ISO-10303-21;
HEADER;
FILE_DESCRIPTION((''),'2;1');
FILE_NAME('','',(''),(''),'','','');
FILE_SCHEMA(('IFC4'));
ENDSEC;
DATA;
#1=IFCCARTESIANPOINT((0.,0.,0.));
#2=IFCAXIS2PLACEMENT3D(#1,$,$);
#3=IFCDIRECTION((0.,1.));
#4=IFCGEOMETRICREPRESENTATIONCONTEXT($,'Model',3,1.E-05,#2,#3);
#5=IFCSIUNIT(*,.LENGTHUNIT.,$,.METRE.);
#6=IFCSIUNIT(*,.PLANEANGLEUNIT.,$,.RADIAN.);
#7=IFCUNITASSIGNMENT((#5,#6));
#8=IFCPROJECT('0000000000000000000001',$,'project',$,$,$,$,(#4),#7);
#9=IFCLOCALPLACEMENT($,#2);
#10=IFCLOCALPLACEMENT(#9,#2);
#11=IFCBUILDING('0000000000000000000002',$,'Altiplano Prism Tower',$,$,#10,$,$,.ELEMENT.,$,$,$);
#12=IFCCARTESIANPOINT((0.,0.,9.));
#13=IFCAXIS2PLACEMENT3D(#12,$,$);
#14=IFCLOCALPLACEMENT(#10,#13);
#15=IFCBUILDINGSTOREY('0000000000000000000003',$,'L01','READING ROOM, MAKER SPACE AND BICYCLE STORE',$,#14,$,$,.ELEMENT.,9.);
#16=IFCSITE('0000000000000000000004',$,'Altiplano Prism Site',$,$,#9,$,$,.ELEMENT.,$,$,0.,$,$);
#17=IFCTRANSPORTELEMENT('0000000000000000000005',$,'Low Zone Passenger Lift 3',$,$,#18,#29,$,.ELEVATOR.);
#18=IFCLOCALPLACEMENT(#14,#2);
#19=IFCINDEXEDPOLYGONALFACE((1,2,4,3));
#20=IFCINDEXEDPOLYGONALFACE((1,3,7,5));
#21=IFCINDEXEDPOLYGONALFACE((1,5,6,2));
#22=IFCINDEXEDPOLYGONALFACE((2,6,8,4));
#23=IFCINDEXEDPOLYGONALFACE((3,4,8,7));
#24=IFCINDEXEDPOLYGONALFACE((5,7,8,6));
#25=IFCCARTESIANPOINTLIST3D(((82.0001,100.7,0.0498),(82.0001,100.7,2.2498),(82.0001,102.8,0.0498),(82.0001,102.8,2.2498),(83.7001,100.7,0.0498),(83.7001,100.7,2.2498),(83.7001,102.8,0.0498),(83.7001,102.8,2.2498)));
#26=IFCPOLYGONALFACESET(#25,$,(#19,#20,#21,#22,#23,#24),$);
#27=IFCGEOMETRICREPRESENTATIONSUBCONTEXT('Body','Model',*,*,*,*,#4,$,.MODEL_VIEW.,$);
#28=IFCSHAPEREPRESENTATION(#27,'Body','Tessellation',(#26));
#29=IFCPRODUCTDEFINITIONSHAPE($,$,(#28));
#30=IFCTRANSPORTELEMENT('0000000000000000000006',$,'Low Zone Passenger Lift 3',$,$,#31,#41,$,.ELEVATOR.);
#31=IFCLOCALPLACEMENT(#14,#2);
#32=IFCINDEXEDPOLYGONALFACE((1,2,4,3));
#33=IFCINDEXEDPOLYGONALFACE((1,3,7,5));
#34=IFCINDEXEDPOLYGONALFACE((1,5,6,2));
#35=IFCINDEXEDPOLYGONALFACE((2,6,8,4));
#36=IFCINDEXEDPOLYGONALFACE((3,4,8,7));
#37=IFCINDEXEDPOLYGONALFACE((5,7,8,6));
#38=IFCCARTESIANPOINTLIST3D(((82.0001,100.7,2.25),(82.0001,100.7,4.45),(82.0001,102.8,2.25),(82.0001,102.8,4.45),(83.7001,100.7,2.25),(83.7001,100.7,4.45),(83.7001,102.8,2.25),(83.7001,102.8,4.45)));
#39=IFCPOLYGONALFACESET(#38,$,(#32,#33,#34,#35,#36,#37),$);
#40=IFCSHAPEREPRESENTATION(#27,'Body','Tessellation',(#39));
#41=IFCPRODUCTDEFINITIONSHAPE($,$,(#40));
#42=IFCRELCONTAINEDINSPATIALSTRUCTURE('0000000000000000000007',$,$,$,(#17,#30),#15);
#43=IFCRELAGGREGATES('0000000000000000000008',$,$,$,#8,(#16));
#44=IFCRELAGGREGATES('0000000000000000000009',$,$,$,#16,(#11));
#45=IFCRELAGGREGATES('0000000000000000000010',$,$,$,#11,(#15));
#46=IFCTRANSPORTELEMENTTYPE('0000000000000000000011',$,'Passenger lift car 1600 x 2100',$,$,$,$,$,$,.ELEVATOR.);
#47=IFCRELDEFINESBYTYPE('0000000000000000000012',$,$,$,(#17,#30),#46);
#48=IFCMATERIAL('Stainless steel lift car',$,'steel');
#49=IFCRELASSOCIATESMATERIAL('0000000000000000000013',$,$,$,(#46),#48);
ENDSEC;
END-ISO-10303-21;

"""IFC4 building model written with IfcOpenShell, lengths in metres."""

from ifc_helpers import new_model, si_unit, direction, frame, origin, origin_2d, place, context, subcontext, project, spatial, rectangle, extrude, material, type_object, element, save


model = new_model("IFC4")

# Units and contexts
model_context = context("Model", 3, precision=1e-05, world=origin(), true_north=direction((0.0, 1.0)))
body_context = subcontext(model_context, "Body", "Model", "MODEL_VIEW")
ifc_project = project(units=[si_unit("LENGTHUNIT", "METRE"), si_unit("PLANEANGLEUNIT", "RADIAN")], contexts=[model_context])

# Site, building, storey
site_placement = place(None, origin())
site = spatial("IfcSite", under=ifc_project, at=site_placement, Name="Altiplano Prism Site", CompositionType="ELEMENT", RefElevation=0.0)
building_placement = place(site_placement, origin())
building = spatial("IfcBuilding", under=site, at=building_placement, Name="Altiplano Prism Tower", CompositionType="ELEMENT")
storey_placement = place(building_placement, frame((0.0, 0.0, 9.0)))
storey = spatial("IfcBuildingStorey", under=building, at=storey_placement, Name="L01", Description="READING ROOM, MAKER SPACE AND BICYCLE STORE", CompositionType="ELEMENT", Elevation=9.0)

# Transport elements
ifc_material_1 = material(Name="Stainless steel lift car", Category="steel")
transport_element_type = type_object("IfcTransportElementType", Name="Passenger lift car 1600 x 2100", PredefinedType="ELEVATOR", material=ifc_material_1)
for number, where, z_axis, x_axis, name in (
    (1, (82.8501, 101.75, 0.0498), (0.0, 0.0, 1.0), (1.0, 0.0, 0.0), "Low Zone Passenger Lift 3"),
    (2, (82.8501, 101.75, 2.25), (0.0, 0.0, 1.0), (1.0, 0.0, 0.0), "Low Zone Passenger Lift 3"),
):
    element("IfcTransportElement", number, at=place(storey_placement, frame(where, z_axis=z_axis, x_axis=x_axis)), inside=storey, type_object=transport_element_type, Name=name, PredefinedType="ELEVATOR", context=body_context, shape_type="SweptSolid", body=[
        extrude(rectangle(XDim=1.7, YDim=2.1001, at=origin_2d()), origin(), (0.0, 0.0, 1.0), 2.2),
    ])

save(model, "model.ifc")
